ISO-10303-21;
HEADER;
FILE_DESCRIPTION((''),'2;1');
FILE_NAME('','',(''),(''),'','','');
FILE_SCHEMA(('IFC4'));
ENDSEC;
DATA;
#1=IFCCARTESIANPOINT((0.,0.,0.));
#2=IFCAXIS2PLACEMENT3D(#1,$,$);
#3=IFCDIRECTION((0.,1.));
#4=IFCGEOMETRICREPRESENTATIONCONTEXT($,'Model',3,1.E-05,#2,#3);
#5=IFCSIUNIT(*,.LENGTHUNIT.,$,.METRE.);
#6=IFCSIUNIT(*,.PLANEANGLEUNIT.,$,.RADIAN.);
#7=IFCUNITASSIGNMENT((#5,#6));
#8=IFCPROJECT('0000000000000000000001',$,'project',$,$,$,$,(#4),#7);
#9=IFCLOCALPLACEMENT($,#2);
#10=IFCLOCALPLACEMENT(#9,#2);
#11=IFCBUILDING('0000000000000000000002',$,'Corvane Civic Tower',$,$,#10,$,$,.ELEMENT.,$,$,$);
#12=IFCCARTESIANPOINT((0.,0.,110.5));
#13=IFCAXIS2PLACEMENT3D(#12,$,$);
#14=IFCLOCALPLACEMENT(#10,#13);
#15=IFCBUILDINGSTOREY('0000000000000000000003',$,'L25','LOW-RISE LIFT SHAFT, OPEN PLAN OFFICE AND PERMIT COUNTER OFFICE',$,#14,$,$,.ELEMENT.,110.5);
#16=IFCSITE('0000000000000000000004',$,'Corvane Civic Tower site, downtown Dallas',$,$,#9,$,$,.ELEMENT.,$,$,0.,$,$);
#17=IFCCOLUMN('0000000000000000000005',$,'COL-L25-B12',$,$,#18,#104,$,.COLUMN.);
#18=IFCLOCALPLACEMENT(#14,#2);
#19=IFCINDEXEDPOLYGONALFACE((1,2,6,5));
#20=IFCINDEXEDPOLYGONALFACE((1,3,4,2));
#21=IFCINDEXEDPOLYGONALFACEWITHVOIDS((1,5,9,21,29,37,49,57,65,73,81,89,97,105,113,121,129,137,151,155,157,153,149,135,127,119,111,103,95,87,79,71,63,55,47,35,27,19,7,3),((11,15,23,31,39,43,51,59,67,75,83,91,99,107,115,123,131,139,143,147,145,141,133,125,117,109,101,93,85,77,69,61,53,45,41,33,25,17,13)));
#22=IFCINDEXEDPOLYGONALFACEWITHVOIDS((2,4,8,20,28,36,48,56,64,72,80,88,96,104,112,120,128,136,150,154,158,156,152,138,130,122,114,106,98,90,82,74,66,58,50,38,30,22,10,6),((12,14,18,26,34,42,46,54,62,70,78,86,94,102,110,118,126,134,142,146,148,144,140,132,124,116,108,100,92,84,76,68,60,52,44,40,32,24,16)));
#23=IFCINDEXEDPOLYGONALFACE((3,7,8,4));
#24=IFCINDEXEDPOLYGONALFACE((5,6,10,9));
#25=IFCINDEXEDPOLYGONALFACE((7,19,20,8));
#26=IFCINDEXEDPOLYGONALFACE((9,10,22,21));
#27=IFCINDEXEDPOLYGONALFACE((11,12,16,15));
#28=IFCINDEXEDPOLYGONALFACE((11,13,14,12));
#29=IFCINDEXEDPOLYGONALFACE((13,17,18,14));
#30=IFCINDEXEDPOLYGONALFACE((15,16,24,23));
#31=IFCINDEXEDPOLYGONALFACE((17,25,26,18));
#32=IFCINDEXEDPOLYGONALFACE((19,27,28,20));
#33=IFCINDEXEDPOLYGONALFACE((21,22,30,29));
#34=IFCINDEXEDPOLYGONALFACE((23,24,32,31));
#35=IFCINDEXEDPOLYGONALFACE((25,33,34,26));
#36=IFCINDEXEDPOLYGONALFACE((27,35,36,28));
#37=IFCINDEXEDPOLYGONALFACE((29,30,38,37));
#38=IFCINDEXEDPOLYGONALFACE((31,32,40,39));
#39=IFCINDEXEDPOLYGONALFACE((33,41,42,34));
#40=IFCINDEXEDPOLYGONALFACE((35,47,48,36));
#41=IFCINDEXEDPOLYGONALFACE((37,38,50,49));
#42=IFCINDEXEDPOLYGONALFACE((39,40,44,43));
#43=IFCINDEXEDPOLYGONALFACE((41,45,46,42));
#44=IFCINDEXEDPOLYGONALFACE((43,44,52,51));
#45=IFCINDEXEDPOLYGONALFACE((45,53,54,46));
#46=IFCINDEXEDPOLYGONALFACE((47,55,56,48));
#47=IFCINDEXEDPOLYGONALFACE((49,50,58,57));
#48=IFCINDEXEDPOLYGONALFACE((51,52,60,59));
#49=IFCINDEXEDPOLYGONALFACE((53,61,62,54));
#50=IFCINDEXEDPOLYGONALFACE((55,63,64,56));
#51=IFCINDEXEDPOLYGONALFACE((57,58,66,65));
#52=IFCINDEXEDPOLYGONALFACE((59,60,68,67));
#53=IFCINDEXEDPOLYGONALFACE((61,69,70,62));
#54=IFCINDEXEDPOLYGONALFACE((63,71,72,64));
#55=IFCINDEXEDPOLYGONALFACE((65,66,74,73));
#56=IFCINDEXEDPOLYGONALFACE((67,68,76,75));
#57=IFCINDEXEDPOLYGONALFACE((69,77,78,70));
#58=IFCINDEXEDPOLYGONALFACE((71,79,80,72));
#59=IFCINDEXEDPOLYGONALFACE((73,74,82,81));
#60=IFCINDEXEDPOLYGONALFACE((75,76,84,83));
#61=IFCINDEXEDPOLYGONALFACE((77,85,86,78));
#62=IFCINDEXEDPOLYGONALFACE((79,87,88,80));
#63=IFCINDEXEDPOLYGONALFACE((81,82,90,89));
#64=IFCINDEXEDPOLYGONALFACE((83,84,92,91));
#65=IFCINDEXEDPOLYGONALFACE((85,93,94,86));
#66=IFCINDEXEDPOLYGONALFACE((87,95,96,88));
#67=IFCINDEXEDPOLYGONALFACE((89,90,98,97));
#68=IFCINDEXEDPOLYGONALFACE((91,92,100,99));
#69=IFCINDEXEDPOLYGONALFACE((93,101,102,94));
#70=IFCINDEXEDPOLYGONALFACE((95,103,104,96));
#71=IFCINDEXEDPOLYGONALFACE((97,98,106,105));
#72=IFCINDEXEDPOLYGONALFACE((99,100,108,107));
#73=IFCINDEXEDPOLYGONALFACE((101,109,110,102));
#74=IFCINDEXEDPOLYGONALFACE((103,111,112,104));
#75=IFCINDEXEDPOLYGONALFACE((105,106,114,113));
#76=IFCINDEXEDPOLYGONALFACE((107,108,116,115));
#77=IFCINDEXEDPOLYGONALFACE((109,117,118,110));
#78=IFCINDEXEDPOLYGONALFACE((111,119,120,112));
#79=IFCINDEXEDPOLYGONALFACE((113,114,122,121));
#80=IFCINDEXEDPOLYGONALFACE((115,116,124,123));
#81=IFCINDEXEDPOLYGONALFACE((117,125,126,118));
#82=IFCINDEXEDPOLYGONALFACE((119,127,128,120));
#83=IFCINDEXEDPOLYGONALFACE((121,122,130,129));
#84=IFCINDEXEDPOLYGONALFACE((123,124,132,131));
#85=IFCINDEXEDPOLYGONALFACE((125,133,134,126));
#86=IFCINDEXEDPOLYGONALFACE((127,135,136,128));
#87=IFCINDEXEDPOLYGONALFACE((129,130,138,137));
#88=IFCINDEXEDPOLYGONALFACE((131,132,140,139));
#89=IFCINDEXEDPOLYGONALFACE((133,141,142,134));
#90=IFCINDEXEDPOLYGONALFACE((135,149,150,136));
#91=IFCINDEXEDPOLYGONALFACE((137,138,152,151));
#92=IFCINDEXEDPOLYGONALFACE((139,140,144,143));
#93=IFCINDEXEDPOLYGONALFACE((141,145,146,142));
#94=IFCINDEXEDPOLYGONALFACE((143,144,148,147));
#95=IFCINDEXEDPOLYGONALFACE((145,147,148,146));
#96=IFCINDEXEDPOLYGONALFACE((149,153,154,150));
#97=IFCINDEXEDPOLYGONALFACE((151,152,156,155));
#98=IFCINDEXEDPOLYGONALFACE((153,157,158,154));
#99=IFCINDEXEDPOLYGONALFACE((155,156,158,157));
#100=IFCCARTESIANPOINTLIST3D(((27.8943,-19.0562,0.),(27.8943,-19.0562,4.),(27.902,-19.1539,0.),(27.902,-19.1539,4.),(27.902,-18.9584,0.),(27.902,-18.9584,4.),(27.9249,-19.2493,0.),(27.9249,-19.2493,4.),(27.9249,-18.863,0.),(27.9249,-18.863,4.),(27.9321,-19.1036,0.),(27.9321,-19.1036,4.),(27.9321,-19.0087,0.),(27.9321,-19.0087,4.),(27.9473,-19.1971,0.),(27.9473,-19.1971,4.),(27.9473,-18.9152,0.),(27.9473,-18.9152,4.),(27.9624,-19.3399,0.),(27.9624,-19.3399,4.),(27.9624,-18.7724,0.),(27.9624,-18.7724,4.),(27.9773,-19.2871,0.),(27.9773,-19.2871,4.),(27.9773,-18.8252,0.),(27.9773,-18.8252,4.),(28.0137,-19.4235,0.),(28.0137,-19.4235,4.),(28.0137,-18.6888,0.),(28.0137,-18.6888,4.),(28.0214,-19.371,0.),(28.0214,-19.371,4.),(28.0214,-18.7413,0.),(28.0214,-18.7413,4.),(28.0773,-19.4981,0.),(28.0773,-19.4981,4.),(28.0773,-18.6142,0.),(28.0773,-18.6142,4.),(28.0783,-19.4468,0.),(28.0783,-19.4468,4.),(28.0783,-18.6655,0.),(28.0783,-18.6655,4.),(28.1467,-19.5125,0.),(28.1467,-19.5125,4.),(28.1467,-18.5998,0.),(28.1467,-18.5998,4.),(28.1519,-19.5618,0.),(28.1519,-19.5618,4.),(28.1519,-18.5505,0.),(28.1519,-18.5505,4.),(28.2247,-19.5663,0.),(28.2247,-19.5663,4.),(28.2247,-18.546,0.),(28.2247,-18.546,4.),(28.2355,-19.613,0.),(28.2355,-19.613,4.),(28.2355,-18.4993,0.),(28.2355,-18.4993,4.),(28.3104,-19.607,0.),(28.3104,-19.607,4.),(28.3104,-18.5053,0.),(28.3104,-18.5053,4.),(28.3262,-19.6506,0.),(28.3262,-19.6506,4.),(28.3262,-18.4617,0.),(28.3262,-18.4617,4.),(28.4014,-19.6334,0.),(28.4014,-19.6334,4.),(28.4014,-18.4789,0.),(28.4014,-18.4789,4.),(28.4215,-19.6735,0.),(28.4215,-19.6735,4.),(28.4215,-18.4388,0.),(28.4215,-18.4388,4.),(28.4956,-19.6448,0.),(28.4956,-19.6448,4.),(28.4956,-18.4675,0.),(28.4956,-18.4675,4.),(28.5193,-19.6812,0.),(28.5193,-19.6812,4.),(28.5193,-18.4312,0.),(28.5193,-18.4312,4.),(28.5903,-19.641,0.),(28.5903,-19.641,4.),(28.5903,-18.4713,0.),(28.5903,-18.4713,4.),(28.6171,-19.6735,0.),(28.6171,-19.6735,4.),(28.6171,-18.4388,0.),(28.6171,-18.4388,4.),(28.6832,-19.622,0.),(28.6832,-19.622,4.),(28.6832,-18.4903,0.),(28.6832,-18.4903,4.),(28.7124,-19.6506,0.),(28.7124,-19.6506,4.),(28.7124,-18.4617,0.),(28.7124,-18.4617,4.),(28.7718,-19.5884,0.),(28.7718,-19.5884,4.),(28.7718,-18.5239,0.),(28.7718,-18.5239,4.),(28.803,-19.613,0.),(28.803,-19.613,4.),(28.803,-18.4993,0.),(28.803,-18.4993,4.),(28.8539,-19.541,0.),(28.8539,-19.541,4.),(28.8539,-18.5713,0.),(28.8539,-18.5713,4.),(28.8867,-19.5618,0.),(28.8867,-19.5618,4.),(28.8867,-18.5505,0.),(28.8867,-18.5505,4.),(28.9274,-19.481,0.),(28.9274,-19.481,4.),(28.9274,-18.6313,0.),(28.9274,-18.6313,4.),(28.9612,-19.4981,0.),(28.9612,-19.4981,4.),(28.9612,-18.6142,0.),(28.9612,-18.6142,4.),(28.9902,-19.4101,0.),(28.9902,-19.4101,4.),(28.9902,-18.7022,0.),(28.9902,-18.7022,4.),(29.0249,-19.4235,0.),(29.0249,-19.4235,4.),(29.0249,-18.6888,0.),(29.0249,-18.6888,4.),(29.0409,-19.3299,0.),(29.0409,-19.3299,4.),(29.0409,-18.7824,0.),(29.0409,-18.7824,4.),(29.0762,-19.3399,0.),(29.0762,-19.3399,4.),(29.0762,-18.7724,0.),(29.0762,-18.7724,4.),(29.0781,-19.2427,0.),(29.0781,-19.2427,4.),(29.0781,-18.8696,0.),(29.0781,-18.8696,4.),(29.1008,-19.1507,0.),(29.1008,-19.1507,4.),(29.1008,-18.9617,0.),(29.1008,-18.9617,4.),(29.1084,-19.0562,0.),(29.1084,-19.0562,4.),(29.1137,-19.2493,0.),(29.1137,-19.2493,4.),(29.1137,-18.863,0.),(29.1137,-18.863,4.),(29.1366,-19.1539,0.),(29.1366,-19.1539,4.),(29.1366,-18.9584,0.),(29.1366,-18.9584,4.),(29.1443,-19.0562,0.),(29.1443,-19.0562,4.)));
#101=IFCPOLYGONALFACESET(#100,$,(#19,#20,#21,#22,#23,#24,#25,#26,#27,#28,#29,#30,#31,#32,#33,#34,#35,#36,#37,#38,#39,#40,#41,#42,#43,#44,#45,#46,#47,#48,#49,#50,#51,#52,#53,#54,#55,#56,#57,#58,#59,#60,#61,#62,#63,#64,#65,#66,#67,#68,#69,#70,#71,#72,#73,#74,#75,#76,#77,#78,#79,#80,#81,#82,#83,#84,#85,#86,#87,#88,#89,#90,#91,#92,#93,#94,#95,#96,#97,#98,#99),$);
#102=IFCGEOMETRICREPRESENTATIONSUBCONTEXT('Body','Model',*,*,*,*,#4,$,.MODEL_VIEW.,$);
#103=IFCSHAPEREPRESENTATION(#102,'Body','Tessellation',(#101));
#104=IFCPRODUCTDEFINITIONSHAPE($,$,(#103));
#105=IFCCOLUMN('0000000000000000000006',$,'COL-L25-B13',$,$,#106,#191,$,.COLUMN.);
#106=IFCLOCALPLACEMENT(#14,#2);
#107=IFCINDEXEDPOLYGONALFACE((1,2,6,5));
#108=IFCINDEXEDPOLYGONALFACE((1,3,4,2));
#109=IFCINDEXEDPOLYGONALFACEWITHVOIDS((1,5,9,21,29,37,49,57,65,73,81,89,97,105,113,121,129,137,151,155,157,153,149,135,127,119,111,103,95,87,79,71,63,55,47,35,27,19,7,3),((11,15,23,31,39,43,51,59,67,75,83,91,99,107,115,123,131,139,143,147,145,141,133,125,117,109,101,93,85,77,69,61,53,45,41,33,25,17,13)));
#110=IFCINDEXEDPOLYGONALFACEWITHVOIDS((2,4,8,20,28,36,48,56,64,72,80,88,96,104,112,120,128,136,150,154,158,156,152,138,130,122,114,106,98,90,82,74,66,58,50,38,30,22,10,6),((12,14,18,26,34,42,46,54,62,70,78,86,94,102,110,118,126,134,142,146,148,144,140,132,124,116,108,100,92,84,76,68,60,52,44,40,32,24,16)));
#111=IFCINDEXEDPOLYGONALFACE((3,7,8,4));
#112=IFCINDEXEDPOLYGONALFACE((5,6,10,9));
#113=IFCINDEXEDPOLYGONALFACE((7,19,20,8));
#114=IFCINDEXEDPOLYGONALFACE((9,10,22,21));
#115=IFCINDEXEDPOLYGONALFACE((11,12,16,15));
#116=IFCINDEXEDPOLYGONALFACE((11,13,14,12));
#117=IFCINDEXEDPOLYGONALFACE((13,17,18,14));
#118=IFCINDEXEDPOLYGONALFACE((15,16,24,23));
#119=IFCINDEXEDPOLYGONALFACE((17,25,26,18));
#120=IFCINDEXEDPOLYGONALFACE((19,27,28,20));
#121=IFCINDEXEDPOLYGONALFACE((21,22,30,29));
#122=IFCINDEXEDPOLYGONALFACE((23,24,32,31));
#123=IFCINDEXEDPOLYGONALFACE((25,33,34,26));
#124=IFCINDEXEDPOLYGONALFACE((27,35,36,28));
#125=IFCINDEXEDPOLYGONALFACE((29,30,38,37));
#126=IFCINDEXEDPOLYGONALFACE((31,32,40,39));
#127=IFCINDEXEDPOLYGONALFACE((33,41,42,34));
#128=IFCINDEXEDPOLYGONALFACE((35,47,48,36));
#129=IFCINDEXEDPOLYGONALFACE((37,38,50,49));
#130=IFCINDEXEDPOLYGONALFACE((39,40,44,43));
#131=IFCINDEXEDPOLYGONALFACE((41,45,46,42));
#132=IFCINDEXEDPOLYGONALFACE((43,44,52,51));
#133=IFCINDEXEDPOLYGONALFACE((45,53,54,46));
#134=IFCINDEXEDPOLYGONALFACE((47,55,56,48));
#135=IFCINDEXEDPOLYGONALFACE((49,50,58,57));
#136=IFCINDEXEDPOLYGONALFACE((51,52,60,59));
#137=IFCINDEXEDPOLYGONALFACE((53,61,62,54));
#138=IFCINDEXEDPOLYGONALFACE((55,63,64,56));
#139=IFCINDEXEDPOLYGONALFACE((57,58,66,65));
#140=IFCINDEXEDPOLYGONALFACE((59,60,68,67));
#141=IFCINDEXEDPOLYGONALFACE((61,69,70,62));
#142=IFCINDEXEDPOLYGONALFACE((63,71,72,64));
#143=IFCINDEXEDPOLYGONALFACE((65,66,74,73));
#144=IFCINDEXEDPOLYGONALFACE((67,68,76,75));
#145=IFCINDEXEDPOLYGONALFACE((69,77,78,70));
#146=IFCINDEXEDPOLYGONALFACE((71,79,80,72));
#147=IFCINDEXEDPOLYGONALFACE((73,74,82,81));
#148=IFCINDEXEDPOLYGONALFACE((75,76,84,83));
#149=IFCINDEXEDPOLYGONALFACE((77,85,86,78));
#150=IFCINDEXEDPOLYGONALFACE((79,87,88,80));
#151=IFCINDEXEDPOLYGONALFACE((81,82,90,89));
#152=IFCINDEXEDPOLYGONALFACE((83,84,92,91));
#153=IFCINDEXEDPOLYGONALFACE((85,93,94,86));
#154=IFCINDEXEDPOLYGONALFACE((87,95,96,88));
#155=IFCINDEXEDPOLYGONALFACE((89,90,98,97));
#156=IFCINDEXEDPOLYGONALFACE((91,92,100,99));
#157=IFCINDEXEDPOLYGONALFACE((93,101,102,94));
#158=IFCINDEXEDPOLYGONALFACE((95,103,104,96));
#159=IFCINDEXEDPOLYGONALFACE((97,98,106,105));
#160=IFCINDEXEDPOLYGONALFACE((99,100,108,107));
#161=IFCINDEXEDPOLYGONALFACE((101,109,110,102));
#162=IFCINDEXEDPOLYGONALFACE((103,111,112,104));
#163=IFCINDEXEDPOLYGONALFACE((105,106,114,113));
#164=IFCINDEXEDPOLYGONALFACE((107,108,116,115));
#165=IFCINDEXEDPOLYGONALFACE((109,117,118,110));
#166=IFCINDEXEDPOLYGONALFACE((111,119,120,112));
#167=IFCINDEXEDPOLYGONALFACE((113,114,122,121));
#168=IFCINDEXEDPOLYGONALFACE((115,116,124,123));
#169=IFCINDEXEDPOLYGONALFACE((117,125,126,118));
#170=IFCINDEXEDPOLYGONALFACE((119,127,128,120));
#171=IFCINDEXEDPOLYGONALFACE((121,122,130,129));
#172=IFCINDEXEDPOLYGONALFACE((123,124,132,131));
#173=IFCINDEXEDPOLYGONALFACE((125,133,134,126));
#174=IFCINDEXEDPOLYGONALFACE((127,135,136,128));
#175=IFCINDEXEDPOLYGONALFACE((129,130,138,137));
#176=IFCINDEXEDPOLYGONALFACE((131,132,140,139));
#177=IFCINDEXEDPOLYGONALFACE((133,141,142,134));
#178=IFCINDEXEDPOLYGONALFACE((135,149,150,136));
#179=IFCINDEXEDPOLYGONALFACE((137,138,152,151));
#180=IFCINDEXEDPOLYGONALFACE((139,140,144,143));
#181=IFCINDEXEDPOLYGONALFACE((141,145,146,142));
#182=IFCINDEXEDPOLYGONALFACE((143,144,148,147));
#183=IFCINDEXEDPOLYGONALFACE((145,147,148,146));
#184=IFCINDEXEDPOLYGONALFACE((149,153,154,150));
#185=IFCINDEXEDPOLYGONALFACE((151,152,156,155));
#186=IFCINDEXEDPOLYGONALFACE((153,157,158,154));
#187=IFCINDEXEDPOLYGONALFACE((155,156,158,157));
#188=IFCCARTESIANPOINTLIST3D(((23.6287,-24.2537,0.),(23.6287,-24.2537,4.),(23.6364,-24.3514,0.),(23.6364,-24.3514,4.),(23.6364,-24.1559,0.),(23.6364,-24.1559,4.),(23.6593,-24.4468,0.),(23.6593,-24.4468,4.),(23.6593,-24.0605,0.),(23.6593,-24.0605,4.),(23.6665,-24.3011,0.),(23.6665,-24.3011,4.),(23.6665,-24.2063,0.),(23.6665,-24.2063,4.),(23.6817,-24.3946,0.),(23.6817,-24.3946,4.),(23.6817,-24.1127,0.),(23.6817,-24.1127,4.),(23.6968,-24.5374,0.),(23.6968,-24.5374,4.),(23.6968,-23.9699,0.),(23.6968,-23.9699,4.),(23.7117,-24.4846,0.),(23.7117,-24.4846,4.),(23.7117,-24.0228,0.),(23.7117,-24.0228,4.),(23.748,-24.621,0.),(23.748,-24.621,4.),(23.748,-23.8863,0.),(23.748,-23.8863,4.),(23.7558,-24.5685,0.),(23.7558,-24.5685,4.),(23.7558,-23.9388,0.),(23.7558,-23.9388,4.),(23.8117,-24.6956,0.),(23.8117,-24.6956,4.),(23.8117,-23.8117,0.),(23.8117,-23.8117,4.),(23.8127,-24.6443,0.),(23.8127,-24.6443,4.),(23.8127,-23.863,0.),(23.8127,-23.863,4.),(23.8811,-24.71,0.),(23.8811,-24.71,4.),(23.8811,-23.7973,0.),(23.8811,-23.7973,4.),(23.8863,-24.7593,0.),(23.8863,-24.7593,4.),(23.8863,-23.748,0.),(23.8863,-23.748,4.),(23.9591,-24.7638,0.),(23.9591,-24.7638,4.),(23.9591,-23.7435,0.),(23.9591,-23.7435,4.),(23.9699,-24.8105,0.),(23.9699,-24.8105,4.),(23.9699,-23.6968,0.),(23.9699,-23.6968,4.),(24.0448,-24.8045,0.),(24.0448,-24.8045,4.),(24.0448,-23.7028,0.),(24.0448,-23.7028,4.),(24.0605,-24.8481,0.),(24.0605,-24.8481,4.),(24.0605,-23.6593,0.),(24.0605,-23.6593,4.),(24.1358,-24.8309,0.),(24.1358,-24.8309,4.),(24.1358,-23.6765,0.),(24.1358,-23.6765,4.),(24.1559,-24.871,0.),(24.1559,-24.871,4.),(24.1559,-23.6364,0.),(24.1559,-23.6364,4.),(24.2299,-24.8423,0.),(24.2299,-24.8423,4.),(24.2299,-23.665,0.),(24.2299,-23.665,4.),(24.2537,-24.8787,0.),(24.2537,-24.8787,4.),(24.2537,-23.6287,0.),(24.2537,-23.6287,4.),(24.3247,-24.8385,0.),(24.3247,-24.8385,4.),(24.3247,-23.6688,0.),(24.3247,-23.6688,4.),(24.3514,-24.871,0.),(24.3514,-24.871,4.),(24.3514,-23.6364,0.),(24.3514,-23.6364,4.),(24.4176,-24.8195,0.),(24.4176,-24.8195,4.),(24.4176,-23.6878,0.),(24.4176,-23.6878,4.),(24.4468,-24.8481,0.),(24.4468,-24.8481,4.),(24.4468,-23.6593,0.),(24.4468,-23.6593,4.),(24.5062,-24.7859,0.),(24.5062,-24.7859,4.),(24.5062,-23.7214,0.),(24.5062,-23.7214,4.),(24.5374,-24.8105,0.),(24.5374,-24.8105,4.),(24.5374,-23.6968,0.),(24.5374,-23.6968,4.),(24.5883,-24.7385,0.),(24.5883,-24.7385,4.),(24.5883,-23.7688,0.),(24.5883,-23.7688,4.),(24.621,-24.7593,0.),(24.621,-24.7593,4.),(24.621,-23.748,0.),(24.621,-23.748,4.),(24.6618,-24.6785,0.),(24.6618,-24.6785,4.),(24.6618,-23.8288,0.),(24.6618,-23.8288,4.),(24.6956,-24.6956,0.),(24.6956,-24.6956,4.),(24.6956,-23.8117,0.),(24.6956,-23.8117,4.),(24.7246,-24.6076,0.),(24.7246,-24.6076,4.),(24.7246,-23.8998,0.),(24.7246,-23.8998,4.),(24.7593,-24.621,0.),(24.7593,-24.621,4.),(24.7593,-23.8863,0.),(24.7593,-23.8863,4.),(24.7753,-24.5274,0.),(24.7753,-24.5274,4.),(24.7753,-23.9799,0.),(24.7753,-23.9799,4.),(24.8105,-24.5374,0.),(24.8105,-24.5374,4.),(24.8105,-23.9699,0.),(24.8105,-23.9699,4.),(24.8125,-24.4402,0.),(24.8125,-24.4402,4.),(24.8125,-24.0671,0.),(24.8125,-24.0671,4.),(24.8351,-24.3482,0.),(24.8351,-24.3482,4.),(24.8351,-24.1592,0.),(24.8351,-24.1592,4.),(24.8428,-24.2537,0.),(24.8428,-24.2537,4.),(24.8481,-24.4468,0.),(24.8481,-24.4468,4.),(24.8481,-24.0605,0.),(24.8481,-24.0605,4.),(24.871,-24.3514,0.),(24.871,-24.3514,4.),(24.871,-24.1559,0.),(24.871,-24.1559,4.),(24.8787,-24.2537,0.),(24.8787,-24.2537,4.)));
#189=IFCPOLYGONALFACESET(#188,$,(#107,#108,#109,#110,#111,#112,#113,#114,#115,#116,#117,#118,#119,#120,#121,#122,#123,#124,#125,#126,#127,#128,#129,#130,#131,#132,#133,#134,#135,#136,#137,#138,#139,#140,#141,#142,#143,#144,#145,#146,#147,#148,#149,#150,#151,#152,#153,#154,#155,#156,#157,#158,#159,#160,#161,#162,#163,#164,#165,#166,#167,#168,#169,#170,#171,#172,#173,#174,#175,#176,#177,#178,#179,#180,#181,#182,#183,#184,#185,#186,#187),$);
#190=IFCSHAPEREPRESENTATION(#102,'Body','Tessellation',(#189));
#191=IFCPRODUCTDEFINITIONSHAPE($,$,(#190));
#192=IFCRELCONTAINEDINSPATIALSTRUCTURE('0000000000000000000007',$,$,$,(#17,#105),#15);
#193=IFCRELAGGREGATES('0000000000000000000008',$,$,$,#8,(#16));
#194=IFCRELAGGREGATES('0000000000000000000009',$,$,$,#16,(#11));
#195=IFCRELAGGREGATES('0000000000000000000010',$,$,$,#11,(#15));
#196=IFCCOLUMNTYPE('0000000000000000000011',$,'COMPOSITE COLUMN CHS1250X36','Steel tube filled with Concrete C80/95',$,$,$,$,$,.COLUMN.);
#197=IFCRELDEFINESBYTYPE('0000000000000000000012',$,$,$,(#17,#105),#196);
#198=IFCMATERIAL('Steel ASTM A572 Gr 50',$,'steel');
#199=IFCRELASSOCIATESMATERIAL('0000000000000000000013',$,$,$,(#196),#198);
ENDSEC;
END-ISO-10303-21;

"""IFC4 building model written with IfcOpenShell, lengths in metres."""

from ifc_helpers import new_model, si_unit, direction, frame, origin, origin_2d, place, context, subcontext, project, spatial, hollow_circle, extrude, material, material_profile, profile_set, type_object, element, save


model = new_model("IFC4")

# Units and contexts
model_context = context("Model", 3, precision=1e-05, world=origin(), true_north=direction((0.0, 1.0)))
body_context = subcontext(model_context, "Body", "Model", "MODEL_VIEW")
ifc_project = project(units=[si_unit("LENGTHUNIT", "METRE"), si_unit("PLANEANGLEUNIT", "RADIAN")], contexts=[model_context])

# Site, building, storey
site_placement = place(None, origin())
site = spatial("IfcSite", under=ifc_project, at=site_placement, Name="Corvane Civic Tower site, downtown Dallas", CompositionType="ELEMENT", RefElevation=0.0)
building_placement = place(site_placement, origin())
building = spatial("IfcBuilding", under=site, at=building_placement, Name="Corvane Civic Tower", CompositionType="ELEMENT")
storey_placement = place(building_placement, frame((0.0, 0.0, 110.5)))
storey = spatial("IfcBuildingStorey", under=building, at=storey_placement, Name="L25", Description="LOW-RISE LIFT SHAFT, OPEN PLAN OFFICE AND PERMIT COUNTER OFFICE", CompositionType="ELEMENT", Elevation=110.5)

# Columns
ifc_material_1 = material(Name="Steel ASTM A572 Gr 50", Category="steel")
ifc_material_profile_1 = material_profile(ifc_material_1, hollow_circle(Radius=0.625, WallThickness=0.0359, at=origin_2d()), Name="CHS1250X36")
ifc_profile_set_1 = profile_set([ifc_material_profile_1], Name="Steel ASTM A572 Gr 50")
column_type = type_object("IfcColumnType", Name="COMPOSITE COLUMN CHS1250X36", Description="Steel tube filled with Concrete C80/95", PredefinedType="COLUMN", material=ifc_profile_set_1)
for number, where, z_axis, x_axis, name in (
    (1, (28.5193, -19.0562, 0.0), (0.0, 0.0, 1.0), (1.0, 0.0, 0.0), "COL-L25-B12"),
    (2, (24.2537, -24.2537, 0.0), (0.0, 0.0, 1.0), (1.0, 0.0, 0.0), "COL-L25-B13"),
):
    element("IfcColumn", number, at=place(storey_placement, frame(where, z_axis=z_axis, x_axis=x_axis)), inside=storey, type_object=column_type, Name=name, PredefinedType="COLUMN", context=body_context, shape_type="SweptSolid", body=[
        extrude(hollow_circle(Radius=0.625, WallThickness=0.0359, at=origin_2d()), origin(), (0.0, 0.0, 1.0), 4.0),
    ])

save(model, "model.ifc")
